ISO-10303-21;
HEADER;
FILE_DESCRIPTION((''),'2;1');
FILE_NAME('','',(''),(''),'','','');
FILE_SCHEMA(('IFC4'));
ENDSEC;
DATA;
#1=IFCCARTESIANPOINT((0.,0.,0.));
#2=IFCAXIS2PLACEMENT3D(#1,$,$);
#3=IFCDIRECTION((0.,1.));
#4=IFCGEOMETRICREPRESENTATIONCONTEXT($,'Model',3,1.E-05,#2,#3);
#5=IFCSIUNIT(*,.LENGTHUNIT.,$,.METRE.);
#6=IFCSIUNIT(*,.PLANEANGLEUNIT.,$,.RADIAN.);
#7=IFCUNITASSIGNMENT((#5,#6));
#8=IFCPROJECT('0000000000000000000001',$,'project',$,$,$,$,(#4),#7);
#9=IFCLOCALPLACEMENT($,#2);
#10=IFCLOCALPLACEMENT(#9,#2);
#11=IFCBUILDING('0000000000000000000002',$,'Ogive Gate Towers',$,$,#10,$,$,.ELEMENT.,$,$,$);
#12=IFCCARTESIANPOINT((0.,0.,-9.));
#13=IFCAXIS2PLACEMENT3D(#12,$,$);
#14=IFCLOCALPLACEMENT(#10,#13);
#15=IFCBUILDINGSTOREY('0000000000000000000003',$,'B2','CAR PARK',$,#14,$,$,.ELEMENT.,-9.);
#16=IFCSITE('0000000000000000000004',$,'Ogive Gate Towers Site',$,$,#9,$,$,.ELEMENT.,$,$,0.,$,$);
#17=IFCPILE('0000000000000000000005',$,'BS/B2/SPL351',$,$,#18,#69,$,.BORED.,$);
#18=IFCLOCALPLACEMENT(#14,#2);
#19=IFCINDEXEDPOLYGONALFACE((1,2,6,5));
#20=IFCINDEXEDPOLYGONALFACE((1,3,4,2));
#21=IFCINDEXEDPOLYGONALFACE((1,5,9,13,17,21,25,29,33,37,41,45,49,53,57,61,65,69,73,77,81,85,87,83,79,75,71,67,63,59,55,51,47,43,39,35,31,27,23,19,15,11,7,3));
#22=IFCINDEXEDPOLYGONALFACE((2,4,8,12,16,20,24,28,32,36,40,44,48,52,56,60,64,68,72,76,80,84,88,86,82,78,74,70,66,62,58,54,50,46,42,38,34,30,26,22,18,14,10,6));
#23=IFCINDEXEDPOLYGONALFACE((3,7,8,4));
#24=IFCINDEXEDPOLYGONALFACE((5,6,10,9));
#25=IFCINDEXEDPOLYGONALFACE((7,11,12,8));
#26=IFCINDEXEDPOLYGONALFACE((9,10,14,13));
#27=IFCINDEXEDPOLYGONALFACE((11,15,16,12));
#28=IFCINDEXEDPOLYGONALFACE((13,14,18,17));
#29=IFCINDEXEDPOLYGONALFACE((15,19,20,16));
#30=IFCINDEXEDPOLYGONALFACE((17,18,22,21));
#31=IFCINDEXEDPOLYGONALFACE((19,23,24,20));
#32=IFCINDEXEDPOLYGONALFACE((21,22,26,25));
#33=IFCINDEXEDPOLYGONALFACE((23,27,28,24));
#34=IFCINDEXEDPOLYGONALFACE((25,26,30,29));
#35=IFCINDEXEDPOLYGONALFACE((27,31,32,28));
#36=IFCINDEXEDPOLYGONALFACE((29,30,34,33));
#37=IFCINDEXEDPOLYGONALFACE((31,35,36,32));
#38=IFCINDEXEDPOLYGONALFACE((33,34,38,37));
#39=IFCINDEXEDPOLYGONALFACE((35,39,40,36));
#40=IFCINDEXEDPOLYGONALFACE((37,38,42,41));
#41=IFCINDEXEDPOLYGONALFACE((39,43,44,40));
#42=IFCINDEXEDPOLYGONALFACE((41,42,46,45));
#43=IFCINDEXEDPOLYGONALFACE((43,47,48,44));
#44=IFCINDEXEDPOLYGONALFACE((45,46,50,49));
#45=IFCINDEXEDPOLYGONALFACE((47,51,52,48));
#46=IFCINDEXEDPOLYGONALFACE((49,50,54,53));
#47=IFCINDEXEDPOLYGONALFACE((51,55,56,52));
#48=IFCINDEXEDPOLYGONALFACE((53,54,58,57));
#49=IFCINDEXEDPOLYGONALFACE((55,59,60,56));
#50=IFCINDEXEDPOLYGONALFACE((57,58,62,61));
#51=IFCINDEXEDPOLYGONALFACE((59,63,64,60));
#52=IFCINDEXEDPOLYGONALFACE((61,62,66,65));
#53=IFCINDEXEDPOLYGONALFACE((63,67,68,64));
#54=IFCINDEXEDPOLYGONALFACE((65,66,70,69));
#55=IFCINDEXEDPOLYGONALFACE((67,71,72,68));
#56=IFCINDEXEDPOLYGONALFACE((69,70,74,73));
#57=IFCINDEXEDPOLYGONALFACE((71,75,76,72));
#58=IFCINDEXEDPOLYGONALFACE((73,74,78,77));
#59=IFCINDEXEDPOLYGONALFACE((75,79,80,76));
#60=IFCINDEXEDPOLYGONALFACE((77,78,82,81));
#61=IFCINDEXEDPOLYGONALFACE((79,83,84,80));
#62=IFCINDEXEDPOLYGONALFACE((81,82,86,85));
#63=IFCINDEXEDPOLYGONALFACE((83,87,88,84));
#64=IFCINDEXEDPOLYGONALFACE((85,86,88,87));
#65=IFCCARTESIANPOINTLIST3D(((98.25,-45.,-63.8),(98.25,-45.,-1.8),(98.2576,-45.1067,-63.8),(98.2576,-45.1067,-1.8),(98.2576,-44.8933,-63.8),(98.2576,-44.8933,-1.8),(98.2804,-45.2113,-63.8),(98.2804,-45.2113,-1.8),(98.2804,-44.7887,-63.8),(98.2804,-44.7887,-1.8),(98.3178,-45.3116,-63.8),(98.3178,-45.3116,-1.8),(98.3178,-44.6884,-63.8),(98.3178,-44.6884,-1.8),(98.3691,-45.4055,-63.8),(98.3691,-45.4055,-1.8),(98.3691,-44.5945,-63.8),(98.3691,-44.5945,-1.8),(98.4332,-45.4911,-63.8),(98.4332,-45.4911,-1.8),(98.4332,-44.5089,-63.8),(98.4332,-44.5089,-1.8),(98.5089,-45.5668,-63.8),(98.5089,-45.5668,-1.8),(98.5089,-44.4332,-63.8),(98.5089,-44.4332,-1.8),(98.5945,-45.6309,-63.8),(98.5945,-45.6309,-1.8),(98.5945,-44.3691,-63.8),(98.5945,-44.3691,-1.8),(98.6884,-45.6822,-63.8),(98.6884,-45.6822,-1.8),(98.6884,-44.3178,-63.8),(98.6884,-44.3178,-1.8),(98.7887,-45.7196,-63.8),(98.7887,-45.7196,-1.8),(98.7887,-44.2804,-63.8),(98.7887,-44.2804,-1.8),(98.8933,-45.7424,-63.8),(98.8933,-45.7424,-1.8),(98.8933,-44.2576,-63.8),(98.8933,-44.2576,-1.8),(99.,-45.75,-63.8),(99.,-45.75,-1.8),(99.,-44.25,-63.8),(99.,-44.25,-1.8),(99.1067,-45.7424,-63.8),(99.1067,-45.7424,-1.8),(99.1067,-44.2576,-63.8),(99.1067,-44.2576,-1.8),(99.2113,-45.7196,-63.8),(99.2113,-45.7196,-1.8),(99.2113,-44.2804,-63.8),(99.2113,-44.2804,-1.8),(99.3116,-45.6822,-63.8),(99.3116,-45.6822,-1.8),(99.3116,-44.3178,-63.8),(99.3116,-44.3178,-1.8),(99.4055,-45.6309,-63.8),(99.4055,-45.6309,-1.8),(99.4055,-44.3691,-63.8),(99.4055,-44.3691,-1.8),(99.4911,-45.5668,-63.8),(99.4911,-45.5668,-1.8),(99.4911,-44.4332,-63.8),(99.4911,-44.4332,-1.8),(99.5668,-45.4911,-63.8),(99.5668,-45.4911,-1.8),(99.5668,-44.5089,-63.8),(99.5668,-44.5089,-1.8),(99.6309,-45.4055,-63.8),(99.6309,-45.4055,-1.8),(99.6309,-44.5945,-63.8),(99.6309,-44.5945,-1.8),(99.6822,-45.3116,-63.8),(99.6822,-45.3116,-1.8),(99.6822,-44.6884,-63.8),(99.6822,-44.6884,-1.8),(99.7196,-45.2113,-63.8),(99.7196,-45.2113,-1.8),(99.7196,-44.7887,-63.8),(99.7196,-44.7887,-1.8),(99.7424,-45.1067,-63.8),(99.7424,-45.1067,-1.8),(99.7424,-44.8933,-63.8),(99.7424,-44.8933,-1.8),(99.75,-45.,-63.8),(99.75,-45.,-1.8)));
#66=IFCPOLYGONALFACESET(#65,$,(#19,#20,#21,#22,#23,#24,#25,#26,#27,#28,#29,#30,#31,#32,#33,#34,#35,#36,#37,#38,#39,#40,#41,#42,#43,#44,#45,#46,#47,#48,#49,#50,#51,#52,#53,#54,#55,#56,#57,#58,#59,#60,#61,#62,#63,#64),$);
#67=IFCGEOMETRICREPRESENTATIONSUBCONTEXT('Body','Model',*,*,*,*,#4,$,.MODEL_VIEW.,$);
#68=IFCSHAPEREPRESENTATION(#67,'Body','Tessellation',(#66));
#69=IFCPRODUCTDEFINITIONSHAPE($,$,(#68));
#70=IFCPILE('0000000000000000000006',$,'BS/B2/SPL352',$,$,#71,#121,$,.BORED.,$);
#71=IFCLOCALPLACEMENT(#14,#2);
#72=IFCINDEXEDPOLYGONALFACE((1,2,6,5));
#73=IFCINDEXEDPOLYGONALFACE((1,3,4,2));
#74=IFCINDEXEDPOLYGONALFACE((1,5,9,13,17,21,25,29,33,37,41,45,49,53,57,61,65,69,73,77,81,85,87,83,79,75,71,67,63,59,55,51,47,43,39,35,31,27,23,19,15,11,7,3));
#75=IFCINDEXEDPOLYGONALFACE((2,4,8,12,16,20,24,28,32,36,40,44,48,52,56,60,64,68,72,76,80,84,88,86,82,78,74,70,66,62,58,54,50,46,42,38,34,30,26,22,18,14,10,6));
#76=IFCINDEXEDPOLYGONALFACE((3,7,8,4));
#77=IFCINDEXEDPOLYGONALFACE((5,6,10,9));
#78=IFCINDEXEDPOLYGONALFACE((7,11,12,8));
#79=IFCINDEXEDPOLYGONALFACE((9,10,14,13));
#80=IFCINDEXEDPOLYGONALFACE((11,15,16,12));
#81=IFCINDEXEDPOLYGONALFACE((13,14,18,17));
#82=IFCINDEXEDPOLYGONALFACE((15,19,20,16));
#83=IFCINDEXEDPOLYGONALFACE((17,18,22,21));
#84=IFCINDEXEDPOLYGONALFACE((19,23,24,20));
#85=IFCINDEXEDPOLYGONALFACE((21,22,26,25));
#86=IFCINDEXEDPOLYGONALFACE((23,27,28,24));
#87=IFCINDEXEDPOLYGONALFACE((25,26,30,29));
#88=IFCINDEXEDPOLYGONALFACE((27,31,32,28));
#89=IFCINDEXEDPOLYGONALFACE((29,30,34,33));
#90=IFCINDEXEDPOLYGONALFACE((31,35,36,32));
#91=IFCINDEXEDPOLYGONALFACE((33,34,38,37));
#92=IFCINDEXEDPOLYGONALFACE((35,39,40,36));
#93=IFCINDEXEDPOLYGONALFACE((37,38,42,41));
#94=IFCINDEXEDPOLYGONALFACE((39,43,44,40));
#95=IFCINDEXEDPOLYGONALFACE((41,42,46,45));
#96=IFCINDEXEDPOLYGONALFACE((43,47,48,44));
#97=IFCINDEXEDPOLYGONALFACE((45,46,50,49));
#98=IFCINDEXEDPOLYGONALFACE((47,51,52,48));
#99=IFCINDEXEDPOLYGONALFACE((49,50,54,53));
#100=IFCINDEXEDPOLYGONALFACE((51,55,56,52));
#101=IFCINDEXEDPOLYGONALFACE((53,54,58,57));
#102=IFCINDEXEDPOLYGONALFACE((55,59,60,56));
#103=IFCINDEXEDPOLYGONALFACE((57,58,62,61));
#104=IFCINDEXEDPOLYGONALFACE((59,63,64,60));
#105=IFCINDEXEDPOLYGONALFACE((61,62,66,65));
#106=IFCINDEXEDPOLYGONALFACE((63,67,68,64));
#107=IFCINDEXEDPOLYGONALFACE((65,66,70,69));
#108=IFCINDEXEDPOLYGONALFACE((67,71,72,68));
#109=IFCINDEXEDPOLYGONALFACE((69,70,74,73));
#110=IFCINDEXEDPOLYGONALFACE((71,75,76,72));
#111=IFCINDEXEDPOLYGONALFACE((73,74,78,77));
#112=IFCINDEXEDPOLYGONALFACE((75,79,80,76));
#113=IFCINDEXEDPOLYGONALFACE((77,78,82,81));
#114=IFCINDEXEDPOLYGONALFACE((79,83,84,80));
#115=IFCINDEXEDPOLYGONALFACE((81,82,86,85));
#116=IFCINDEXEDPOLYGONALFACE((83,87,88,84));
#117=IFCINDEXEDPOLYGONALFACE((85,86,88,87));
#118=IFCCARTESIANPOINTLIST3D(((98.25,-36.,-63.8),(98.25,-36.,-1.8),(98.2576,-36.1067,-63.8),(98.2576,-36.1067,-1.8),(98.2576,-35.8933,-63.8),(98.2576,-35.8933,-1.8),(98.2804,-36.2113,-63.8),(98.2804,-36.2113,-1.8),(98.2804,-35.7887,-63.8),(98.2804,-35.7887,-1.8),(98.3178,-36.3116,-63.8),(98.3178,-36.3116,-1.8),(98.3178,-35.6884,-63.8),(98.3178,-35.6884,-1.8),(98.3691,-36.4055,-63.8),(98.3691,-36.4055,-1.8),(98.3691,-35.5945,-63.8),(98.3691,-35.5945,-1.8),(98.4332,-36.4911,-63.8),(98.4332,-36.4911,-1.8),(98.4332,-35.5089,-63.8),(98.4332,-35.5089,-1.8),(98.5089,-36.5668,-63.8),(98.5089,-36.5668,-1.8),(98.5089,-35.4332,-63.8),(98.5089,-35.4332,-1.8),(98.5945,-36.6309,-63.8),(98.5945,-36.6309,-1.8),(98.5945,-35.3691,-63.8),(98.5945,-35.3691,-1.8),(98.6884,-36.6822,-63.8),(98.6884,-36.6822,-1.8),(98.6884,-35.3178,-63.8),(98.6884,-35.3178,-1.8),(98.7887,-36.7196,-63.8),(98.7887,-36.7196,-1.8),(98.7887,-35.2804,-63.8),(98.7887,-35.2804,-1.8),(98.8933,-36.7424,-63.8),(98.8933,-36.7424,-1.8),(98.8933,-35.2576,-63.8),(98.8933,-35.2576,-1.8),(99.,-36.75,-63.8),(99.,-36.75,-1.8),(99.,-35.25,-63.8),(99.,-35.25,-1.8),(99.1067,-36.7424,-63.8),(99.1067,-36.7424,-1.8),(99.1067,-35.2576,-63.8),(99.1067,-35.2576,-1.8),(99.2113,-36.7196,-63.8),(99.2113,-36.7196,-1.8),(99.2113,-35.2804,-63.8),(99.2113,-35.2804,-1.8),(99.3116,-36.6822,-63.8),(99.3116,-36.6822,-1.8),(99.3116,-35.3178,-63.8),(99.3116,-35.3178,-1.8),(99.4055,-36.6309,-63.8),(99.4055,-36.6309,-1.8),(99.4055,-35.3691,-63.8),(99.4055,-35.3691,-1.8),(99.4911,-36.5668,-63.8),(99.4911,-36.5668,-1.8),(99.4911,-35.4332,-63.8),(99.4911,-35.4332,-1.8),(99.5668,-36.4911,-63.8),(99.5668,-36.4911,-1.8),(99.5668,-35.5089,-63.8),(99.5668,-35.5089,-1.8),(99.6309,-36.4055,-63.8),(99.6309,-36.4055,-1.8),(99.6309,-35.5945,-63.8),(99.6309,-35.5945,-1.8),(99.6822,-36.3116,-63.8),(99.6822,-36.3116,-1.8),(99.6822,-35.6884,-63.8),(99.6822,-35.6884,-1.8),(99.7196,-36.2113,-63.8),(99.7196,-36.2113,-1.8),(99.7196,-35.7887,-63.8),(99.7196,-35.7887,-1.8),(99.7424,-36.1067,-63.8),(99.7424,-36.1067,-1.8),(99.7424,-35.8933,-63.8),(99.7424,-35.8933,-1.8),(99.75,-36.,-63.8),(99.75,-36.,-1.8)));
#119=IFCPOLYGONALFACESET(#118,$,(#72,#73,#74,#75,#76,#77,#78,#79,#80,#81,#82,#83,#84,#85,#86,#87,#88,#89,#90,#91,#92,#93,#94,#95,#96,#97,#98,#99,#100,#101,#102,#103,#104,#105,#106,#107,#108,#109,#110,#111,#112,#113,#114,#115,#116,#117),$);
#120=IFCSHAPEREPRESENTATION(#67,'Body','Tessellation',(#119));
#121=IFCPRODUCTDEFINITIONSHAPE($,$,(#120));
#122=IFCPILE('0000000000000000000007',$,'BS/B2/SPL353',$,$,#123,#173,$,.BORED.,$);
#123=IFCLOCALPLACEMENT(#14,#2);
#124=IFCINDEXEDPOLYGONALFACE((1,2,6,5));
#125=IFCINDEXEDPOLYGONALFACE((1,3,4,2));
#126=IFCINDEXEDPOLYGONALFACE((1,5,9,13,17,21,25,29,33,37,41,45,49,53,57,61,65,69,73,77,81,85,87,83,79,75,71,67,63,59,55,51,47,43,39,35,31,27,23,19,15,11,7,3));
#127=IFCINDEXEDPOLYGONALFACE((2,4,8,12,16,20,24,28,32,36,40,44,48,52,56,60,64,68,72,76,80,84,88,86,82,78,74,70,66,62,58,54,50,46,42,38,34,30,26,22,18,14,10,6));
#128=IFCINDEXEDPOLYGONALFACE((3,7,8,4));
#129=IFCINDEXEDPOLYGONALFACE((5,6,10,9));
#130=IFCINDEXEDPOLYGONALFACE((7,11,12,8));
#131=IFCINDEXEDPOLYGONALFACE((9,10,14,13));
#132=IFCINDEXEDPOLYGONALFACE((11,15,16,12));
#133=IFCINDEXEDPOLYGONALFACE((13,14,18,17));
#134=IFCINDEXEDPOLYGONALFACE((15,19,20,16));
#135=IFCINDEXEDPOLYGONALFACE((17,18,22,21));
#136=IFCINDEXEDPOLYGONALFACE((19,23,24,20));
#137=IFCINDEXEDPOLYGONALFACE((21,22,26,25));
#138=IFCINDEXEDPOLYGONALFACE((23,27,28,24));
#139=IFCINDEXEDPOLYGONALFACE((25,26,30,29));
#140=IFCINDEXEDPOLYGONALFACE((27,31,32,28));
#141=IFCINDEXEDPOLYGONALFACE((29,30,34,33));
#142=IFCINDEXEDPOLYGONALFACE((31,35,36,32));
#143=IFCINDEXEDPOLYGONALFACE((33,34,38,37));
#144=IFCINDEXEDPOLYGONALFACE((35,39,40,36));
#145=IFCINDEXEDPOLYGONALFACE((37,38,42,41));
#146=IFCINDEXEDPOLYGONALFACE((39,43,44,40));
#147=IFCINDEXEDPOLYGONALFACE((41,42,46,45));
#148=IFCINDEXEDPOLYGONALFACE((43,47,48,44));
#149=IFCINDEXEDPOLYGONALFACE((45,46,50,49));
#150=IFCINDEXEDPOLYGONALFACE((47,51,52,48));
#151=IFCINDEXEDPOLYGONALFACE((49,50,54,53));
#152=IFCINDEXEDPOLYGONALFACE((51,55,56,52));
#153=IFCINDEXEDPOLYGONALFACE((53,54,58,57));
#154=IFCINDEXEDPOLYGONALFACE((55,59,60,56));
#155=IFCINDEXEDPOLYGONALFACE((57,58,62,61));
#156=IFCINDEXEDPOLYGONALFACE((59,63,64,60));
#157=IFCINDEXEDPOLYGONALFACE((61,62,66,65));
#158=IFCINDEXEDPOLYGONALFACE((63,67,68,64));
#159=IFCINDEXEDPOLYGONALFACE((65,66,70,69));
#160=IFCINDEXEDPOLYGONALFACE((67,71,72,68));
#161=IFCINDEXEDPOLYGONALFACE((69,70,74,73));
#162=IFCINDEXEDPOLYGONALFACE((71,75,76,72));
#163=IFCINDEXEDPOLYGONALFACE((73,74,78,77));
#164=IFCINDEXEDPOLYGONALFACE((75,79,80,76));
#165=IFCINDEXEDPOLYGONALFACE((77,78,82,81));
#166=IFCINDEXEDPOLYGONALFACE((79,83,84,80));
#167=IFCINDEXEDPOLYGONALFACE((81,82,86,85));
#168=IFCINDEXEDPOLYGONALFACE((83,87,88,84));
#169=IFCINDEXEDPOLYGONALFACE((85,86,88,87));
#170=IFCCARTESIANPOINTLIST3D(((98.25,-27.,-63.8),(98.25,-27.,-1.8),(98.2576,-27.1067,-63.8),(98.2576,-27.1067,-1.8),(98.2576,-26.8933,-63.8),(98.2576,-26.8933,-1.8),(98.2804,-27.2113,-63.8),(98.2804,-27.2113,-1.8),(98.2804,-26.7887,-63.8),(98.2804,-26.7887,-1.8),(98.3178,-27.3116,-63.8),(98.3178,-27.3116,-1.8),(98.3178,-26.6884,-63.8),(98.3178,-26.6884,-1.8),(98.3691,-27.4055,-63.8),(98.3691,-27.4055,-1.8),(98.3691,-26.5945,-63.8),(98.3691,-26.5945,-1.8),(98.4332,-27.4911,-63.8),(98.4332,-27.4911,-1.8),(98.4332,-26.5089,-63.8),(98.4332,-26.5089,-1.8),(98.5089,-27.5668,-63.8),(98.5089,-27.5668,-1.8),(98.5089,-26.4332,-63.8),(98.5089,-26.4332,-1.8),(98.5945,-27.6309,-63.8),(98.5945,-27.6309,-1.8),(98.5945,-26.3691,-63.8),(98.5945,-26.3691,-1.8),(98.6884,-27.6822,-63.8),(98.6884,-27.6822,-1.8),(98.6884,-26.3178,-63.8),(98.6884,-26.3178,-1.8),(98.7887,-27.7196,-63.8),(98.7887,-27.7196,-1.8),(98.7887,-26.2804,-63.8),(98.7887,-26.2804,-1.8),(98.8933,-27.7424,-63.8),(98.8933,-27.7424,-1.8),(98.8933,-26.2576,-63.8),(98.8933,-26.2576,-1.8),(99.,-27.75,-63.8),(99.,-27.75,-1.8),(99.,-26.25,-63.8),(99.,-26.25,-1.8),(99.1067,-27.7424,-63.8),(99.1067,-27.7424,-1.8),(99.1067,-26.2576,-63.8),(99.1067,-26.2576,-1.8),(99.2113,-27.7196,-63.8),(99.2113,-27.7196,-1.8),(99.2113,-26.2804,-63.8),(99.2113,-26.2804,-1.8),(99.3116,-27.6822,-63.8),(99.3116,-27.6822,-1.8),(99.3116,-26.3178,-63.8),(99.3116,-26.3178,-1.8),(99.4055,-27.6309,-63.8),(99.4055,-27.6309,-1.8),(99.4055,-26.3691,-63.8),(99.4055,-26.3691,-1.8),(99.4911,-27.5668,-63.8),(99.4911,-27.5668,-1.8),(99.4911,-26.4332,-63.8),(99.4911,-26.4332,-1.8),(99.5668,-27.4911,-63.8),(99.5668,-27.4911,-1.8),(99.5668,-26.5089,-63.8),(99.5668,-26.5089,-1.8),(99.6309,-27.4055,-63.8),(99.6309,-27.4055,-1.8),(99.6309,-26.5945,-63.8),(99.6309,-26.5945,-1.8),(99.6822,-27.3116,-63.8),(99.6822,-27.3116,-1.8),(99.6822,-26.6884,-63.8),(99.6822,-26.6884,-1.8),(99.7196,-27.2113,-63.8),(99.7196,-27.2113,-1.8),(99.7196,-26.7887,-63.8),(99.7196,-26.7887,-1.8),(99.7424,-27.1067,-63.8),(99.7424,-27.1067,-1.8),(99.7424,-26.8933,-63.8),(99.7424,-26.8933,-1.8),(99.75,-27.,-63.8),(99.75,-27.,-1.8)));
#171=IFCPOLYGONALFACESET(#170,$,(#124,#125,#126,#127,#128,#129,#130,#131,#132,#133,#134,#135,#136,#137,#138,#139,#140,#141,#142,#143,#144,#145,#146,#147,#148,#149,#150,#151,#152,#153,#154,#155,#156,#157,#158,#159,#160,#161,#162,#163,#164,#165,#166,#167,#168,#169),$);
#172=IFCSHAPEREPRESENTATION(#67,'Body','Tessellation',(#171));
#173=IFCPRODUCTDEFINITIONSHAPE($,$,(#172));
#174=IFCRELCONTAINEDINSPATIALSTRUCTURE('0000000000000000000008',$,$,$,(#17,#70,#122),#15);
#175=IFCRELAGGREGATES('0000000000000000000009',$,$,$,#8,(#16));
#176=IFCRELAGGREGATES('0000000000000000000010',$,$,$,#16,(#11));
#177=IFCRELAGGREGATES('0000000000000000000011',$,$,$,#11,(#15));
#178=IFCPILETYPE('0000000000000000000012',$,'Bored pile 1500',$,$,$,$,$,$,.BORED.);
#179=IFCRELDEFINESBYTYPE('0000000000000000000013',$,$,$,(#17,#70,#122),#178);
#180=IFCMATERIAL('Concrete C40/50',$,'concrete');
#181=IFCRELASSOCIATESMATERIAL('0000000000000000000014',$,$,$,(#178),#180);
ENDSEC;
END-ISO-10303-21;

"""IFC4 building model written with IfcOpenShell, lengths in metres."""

from ifc_helpers import new_model, si_unit, direction, frame, origin, origin_2d, place, context, subcontext, project, spatial, circle, extrude, material, material_profile, profile_set, type_object, element, save


model = new_model("IFC4")

# Units and contexts
model_context = context("Model", 3, precision=1e-05, world=origin(), true_north=direction((0.0, 1.0)))
body_context = subcontext(model_context, "Body", "Model", "MODEL_VIEW")
ifc_project = project(units=[si_unit("LENGTHUNIT", "METRE"), si_unit("PLANEANGLEUNIT", "RADIAN")], contexts=[model_context])

# Site, building, storey
site_placement = place(None, origin())
site = spatial("IfcSite", under=ifc_project, at=site_placement, Name="Ogive Gate Towers Site", CompositionType="ELEMENT", RefElevation=0.0)
building_placement = place(site_placement, origin())
building = spatial("IfcBuilding", under=site, at=building_placement, Name="Ogive Gate Towers", CompositionType="ELEMENT")
storey_placement = place(building_placement, frame((0.0, 0.0, -9.0)))
storey = spatial("IfcBuildingStorey", under=building, at=storey_placement, Name="B2", Description="CAR PARK", CompositionType="ELEMENT", Elevation=-9.0)

# Piles
ifc_material_1 = material(Name="Concrete C40/50", Category="concrete")
ifc_material_profile_1 = material_profile(ifc_material_1, circle(Radius=0.75, at=origin_2d()), Name="BP 1500")
ifc_profile_set_1 = profile_set([ifc_material_profile_1], Name="Concrete C40/50")
pile_type = type_object("IfcPileType", Name="Bored pile 1500", PredefinedType="BORED", material=ifc_profile_set_1)
for number, where, z_axis, x_axis, name in (
    (1, (99.0, -45.0, -1.8), (0.0, 0.0, -1.0), (1.0, 0.0, 0.0), "BS/B2/SPL351"),
    (2, (99.0, -36.0, -1.8), (0.0, 0.0, -1.0), (1.0, 0.0, 0.0), "BS/B2/SPL352"),
    (3, (99.0, -27.0, -1.8), (0.0, 0.0, -1.0), (1.0, 0.0, 0.0), "BS/B2/SPL353"),
):
    element("IfcPile", number, at=place(storey_placement, frame(where, z_axis=z_axis, x_axis=x_axis)), inside=storey, type_object=pile_type, Name=name, PredefinedType="BORED", context=body_context, shape_type="SweptSolid", body=[
        extrude(circle(Radius=0.75, at=origin_2d()), origin(), (0.0, 0.0, 1.0), 62.0),
    ])

save(model, "model.ifc")
